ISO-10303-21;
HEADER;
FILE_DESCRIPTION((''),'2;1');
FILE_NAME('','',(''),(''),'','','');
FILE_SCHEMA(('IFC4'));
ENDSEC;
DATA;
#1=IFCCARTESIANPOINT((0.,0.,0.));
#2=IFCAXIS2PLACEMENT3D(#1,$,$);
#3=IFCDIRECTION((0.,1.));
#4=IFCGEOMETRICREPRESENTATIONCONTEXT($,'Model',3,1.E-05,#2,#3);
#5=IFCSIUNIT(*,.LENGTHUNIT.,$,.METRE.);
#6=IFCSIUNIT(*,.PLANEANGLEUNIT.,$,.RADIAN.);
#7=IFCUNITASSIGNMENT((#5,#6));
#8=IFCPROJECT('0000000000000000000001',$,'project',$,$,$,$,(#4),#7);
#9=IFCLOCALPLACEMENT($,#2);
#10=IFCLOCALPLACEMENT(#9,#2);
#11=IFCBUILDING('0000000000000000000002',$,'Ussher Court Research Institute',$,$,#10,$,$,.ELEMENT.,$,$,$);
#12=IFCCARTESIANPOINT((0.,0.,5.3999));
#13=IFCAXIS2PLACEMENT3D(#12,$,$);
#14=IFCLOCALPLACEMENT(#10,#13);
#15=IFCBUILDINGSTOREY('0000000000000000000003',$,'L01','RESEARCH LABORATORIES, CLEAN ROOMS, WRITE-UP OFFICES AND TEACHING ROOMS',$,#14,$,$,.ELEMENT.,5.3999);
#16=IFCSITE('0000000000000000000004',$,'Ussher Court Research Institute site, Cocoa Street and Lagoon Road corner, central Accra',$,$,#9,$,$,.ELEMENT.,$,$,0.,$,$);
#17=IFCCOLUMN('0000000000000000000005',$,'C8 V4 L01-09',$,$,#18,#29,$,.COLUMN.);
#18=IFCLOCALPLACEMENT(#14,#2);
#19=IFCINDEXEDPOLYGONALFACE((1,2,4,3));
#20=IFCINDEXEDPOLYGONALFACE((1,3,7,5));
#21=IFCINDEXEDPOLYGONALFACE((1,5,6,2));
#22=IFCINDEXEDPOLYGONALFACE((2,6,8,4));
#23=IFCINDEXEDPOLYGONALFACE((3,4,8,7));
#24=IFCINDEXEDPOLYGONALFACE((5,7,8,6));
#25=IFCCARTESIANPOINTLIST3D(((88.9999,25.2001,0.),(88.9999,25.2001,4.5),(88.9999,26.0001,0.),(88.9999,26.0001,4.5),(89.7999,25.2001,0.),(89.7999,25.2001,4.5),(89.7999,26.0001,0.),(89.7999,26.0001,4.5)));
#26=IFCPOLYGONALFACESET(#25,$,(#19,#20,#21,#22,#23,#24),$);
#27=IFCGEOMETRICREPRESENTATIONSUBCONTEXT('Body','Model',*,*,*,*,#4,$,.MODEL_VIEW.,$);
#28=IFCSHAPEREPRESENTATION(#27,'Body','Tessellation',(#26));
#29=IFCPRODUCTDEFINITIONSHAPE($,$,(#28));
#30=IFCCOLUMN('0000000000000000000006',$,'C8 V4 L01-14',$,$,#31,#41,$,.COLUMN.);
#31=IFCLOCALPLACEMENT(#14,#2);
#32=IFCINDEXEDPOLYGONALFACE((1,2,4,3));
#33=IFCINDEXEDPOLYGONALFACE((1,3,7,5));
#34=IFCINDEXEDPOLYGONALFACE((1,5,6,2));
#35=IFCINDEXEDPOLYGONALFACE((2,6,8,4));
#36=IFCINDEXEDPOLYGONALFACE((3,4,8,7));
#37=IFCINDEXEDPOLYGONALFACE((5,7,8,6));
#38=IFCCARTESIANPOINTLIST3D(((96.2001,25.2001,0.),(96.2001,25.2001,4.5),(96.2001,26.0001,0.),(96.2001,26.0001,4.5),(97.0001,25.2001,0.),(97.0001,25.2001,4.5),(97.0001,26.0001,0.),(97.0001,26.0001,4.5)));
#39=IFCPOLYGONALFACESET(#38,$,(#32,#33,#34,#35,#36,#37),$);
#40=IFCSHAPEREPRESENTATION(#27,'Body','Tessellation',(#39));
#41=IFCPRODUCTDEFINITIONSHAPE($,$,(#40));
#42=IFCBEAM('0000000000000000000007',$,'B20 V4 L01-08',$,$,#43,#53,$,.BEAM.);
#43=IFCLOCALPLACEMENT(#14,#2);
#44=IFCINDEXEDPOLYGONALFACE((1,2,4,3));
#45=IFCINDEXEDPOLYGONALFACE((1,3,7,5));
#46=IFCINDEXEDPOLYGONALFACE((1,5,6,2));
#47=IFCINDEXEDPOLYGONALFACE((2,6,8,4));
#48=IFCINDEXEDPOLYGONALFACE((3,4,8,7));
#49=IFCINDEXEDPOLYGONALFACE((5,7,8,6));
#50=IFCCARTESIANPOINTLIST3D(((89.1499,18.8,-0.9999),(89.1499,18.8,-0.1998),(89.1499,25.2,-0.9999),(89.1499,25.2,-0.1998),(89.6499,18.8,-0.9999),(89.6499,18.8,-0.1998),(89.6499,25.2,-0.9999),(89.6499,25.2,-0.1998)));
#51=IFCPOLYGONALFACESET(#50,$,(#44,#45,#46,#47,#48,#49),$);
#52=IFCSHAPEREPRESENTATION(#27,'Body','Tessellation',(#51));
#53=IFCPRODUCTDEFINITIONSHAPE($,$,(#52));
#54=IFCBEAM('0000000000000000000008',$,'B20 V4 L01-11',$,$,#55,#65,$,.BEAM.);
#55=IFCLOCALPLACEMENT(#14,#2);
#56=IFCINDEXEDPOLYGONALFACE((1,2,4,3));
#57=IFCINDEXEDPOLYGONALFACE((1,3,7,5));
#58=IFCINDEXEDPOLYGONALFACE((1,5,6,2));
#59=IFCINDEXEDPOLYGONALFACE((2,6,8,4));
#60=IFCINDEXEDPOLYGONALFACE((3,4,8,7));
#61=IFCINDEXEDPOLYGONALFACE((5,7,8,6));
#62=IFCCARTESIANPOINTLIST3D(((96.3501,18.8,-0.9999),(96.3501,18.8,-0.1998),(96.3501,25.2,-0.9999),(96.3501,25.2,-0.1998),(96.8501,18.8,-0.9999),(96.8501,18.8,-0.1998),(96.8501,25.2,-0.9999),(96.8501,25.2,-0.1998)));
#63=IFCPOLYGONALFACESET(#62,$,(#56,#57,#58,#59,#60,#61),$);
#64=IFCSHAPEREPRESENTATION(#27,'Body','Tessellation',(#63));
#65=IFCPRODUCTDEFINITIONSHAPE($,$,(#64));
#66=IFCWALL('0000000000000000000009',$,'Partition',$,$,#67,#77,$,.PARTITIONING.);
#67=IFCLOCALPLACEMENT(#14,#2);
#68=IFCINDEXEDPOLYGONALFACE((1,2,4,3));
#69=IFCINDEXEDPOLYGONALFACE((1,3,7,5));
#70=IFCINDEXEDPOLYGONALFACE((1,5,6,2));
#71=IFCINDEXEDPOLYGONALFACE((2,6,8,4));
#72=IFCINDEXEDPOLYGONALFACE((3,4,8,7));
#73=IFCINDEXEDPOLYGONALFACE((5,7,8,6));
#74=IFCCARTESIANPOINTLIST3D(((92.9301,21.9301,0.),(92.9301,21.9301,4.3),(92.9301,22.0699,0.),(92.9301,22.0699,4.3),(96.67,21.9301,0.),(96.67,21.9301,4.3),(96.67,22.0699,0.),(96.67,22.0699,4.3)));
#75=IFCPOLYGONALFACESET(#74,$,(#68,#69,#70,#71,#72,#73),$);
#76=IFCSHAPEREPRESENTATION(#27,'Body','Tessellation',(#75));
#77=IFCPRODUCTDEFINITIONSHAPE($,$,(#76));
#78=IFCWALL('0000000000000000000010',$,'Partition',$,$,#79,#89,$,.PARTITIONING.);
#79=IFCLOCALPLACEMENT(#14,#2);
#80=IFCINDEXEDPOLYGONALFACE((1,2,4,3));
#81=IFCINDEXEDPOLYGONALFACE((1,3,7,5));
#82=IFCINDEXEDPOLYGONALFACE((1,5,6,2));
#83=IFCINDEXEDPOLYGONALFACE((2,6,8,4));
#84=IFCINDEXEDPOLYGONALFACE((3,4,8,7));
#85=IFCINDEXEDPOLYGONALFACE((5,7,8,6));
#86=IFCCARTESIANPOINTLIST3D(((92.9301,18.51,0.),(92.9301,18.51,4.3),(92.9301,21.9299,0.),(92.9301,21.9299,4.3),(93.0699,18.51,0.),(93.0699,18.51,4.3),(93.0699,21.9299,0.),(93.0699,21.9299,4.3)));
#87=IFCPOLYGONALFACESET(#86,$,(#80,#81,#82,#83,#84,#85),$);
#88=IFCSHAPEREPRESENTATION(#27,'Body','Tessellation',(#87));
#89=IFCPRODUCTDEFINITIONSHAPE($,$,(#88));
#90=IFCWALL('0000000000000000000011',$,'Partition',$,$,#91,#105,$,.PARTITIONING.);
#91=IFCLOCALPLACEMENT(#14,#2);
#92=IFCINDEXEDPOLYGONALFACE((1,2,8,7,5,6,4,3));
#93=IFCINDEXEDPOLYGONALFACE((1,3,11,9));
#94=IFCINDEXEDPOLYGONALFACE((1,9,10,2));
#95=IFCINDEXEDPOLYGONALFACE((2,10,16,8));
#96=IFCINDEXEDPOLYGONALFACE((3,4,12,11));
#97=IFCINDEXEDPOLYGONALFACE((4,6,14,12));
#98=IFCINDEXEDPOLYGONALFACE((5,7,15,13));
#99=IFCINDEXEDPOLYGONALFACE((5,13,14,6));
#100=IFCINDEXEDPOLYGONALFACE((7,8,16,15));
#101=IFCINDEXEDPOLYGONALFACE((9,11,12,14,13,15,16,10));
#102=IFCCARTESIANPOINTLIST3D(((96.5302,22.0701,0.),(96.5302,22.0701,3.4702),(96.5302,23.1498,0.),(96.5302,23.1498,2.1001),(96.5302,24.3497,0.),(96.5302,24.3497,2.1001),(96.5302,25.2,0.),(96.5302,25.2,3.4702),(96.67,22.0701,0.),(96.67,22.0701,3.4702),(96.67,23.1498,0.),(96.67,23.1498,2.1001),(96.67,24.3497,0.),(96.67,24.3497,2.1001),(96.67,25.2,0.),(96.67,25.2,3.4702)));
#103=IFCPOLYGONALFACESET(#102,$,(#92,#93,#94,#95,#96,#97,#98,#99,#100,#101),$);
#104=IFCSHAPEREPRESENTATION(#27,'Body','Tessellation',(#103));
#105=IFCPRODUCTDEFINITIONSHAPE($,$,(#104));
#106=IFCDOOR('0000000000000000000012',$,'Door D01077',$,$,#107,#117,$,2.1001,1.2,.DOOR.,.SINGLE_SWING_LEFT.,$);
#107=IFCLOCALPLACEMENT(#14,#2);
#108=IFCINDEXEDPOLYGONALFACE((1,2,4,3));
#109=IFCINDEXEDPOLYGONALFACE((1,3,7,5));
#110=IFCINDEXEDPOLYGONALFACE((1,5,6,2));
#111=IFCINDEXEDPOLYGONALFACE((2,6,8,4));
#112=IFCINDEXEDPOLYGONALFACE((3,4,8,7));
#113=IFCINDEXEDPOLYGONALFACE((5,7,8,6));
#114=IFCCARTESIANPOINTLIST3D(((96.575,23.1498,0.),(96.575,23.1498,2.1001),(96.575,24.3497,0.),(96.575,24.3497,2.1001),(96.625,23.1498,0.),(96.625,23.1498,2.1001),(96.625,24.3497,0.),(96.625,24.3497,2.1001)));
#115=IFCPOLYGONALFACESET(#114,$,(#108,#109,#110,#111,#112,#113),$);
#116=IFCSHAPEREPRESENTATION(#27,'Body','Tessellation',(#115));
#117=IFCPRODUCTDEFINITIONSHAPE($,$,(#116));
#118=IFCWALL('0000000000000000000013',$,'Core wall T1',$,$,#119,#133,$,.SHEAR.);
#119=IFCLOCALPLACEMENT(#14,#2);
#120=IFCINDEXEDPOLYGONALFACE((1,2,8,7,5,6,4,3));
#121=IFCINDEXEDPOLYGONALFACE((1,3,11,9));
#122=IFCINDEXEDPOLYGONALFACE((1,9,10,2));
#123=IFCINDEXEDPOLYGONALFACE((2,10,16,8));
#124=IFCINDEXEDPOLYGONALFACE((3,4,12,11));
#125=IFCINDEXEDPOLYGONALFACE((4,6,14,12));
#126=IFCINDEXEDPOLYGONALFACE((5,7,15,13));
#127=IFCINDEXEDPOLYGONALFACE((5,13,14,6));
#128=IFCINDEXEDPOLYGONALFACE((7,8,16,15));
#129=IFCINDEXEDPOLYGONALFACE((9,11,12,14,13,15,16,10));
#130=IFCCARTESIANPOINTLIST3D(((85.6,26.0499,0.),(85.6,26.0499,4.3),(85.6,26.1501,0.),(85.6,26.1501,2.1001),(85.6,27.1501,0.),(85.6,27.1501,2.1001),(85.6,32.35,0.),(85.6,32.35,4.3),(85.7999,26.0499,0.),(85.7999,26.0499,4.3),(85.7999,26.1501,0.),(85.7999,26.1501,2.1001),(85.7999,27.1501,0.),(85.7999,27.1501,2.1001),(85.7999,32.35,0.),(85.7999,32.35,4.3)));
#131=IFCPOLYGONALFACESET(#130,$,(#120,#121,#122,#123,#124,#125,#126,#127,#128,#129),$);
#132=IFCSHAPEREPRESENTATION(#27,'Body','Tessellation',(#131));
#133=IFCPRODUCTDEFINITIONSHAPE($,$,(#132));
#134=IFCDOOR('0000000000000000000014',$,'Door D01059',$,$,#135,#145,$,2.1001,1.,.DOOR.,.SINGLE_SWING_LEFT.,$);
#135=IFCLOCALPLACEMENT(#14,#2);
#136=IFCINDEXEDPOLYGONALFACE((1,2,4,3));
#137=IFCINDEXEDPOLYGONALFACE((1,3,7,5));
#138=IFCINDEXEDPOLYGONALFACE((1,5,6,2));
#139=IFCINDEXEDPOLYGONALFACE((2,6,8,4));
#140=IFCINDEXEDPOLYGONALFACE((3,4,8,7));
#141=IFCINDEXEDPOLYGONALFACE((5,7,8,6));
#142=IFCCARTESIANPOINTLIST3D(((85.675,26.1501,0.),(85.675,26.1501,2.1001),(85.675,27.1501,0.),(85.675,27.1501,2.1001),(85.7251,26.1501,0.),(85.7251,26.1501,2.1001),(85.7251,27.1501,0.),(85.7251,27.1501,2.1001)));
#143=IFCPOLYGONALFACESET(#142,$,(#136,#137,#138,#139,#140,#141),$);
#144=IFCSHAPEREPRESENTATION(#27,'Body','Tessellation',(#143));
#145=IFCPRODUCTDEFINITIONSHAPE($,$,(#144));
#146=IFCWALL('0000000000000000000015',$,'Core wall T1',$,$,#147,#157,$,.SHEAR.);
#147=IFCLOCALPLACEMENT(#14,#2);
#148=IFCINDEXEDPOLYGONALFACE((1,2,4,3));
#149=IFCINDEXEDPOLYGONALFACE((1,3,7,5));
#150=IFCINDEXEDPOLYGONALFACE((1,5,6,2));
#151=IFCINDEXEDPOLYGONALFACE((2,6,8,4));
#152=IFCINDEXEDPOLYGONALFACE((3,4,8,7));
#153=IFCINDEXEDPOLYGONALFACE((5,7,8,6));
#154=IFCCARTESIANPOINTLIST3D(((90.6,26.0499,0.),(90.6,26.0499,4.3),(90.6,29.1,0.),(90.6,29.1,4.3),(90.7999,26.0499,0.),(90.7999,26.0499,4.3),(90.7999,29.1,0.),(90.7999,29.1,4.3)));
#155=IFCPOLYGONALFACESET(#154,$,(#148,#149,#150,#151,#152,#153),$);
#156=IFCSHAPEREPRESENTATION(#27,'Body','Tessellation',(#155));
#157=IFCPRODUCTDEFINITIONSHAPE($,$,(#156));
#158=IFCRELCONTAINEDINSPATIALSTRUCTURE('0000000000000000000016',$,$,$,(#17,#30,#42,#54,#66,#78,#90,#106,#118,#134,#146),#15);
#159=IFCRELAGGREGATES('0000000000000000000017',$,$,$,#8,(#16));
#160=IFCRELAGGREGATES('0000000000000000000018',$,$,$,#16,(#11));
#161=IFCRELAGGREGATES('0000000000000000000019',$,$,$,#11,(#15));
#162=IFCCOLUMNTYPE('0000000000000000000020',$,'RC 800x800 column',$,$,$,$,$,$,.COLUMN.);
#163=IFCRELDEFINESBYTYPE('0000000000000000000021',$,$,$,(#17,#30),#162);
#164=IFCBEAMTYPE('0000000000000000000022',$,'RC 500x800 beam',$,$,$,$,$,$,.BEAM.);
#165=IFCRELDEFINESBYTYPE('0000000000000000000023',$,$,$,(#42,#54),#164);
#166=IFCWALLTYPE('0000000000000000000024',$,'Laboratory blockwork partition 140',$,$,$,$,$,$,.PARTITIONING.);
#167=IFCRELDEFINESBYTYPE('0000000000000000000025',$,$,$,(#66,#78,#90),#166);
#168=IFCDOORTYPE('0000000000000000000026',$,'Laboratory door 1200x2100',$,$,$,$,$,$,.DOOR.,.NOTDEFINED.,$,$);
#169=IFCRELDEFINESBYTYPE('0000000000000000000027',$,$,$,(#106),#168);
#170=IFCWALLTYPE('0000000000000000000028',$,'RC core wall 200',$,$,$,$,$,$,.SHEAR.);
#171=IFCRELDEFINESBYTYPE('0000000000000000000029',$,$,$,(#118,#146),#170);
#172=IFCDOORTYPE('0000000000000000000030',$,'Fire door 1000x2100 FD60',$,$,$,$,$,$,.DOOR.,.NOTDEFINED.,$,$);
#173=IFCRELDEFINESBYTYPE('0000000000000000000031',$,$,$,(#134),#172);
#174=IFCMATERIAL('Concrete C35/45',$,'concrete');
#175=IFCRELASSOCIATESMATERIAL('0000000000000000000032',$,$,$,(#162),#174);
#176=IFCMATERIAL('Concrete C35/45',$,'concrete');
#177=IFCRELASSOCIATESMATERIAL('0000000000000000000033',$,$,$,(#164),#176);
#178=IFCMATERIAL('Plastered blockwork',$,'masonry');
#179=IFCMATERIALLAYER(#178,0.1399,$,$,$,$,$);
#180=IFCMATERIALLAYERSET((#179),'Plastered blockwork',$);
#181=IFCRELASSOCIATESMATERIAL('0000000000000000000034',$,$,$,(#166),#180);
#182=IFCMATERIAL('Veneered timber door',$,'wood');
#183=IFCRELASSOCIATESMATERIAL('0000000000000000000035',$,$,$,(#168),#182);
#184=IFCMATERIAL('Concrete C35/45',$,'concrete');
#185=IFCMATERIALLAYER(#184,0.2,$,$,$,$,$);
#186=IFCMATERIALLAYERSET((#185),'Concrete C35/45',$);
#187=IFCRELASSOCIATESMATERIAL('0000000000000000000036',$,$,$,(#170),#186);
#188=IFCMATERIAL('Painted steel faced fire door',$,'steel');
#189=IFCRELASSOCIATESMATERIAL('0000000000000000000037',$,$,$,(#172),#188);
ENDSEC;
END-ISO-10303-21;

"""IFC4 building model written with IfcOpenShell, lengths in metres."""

from ifc_helpers import new_model, si_unit, direction, frame, frame_2d, origin, origin_2d, place, context, subcontext, project, spatial, rectangle, extrude, material, layer, layer_set, material_profile, profile_set, type_object, element, fill, save


model = new_model("IFC4")

# Units and contexts
model_context = context("Model", 3, precision=1e-05, world=origin(), true_north=direction((0.0, 1.0)))
body_context = subcontext(model_context, "Body", "Model", "MODEL_VIEW")
ifc_project = project(units=[si_unit("LENGTHUNIT", "METRE"), si_unit("PLANEANGLEUNIT", "RADIAN")], contexts=[model_context])

# Site, building, storey
site_placement = place(None, origin())
site = spatial("IfcSite", under=ifc_project, at=site_placement, Name="Ussher Court Research Institute site, Cocoa Street and Lagoon Road corner, central Accra", CompositionType="ELEMENT", RefElevation=0.0)
building_placement = place(site_placement, origin())
building = spatial("IfcBuilding", under=site, at=building_placement, Name="Ussher Court Research Institute", CompositionType="ELEMENT")
storey_placement = place(building_placement, frame((0.0, 0.0, 5.3999)))
storey = spatial("IfcBuildingStorey", under=building, at=storey_placement, Name="L01", Description="RESEARCH LABORATORIES, CLEAN ROOMS, WRITE-UP OFFICES AND TEACHING ROOMS", CompositionType="ELEMENT", Elevation=5.3999)

# Columns
ifc_material_1 = material(Name="Concrete C35/45", Category="concrete")
ifc_material_profile_1 = material_profile(ifc_material_1, rectangle(XDim=0.8, YDim=0.8, at=origin_2d()), Name="RC 800x800")
ifc_profile_set_1 = profile_set([ifc_material_profile_1], Name="Concrete C35/45")
column_type = type_object("IfcColumnType", Name="RC 800x800 column", PredefinedType="COLUMN", material=ifc_profile_set_1)
for number, where, z_axis, x_axis, name in (
    (1, (89.3999, 25.6001, 0.0), (0.0, 0.0, 1.0), (1.0, 0.0, 0.0), "C8 V4 L01-09"),
    (2, (96.6001, 25.6001, 0.0), (0.0, 0.0, 1.0), (1.0, 0.0, 0.0), "C8 V4 L01-14"),
):
    element("IfcColumn", number, at=place(storey_placement, frame(where, z_axis=z_axis, x_axis=x_axis)), inside=storey, type_object=column_type, Name=name, PredefinedType="COLUMN", context=body_context, shape_type="SweptSolid", body=[
        extrude(rectangle(XDim=0.8, YDim=0.8, at=origin_2d()), origin(), (0.0, 0.0, 1.0), 4.5),
    ])

# Beams
ifc_material_2 = material(Name="Concrete C35/45", Category="concrete")
ifc_material_profile_2 = material_profile(ifc_material_2, rectangle(XDim=0.5, YDim=0.8, at=origin_2d()), Name="RC 500x800")
ifc_profile_set_2 = profile_set([ifc_material_profile_2], Name="Concrete C35/45")
beam_type = type_object("IfcBeamType", Name="RC 500x800 beam", PredefinedType="BEAM", material=ifc_profile_set_2)
for number, where, z_axis, x_axis, name in (
    (3, (89.3999, 18.8, -0.5999), (0.0, 1.0, 0.0), (-1.0, 0.0, 0.0), "B20 V4 L01-08"),
    (4, (96.6001, 18.8, -0.5999), (0.0, 1.0, 0.0), (-1.0, 0.0, 0.0), "B20 V4 L01-11"),
):
    element("IfcBeam", number, at=place(storey_placement, frame(where, z_axis=z_axis, x_axis=x_axis)), inside=storey, type_object=beam_type, Name=name, PredefinedType="BEAM", context=body_context, shape_type="SweptSolid", body=[
        extrude(rectangle(XDim=0.5, YDim=0.8, at=origin_2d()), origin(), (0.0, 0.0, 1.0), 6.3999),
    ])

# Walls
ifc_material_3 = material(Name="Plastered blockwork", Category="masonry")
ifc_layer_1 = layer(ifc_material_3, 0.1399)
ifc_layer_set_1 = layer_set([ifc_layer_1], Name="Plastered blockwork")
wall_type_1 = type_object("IfcWallType", Name="Laboratory blockwork partition 140", PredefinedType="PARTITIONING", material=ifc_layer_set_1)
wall_1_placement = place(storey_placement, frame((92.9299, 22.0, 0.0), z_axis=(0.0, 0.0, 1.0), x_axis=(1.0, 0.0, 0.0)))
element("IfcWall", 5, at=wall_1_placement, inside=storey, type_object=wall_type_1, Name="Partition", PredefinedType="PARTITIONING", context=body_context, shape_type="SweptSolid", body=[
    extrude(rectangle(XDim=3.74, YDim=0.1399, at=frame_2d((1.8701, 0.0))), origin(), (0.0, 0.0, 1.0), 4.3),
])
wall_2_placement = place(storey_placement, frame((93.0, 18.51, 0.0), z_axis=(0.0, 0.0, 1.0), x_axis=(0.0, 1.0, 0.0)))
element("IfcWall", 6, at=wall_2_placement, inside=storey, type_object=wall_type_1, Name="Partition", PredefinedType="PARTITIONING", context=body_context, shape_type="SweptSolid", body=[
    extrude(rectangle(XDim=3.4199, YDim=0.1399, at=frame_2d((1.71, 0.0))), origin(), (0.0, 0.0, 1.0), 4.3),
])

# Walls, openings, doors
wall_3_placement = place(storey_placement, frame((96.6001, 25.2, 0.0), z_axis=(0.0, 0.0, 1.0), x_axis=(0.0, -1.0, 0.0)))
wall_3 = element("IfcWall", 7, at=wall_3_placement, inside=storey, type_object=wall_type_1, Name="Partition", PredefinedType="PARTITIONING", context=body_context, shape_type="SweptSolid", body=[
    extrude(rectangle(XDim=3.1299, YDim=0.1399, at=frame_2d((1.5649, 0.0))), origin(), (0.0, 0.0, 1.0), 3.4702),
])
opening_1_placement = place(wall_3_placement, frame((0.8501, 0.0, 0.0)))
opening_1 = element("IfcOpeningElement", 8, at=opening_1_placement, cuts=wall_3, PredefinedType="OPENING", context=body_context, shape_type="SweptSolid", body=[
    extrude(rectangle(XDim=1.2, YDim=2.1001, at=frame_2d((0.6001, 1.05))), frame((0.0, 0.0801, 0.0), z_axis=(0.0, -1.0, 0.0), x_axis=(1.0, 0.0, 0.0)), (0.0, 0.0, 1.0), 0.1599),
])
ifc_material_4 = material(Name="Veneered timber door", Category="wood")
door_type_1 = type_object("IfcDoorType", Name="Laboratory door 1200x2100", OperationType="NOTDEFINED", PredefinedType="DOOR", material=ifc_material_4)
door_1_placement = place(opening_1_placement, origin())
door_1 = element("IfcDoor", 9, at=door_1_placement, inside=storey, type_object=door_type_1, Name="Door D01077", OperationType="SINGLE_SWING_LEFT", OverallHeight=2.1001, OverallWidth=1.2, PredefinedType="DOOR", context=body_context, shape_type="SweptSolid", body=[
    extrude(rectangle(XDim=1.2, YDim=2.1001, at=frame_2d((0.6001, 1.05))), frame((0.0, 0.0249, 0.0), z_axis=(0.0, -1.0, 0.0), x_axis=(1.0, 0.0, 0.0)), (0.0, 0.0, 1.0), 0.05),
])
fill(opening_1, door_1)
ifc_material_5 = material(Name="Concrete C35/45", Category="concrete")
ifc_layer_2 = layer(ifc_material_5, 0.2)
ifc_layer_set_2 = layer_set([ifc_layer_2], Name="Concrete C35/45")
wall_type_2 = type_object("IfcWallType", Name="RC core wall 200", PredefinedType="SHEAR", material=ifc_layer_set_2)
wall_4_placement = place(storey_placement, frame((85.7, 26.05, 0.0), z_axis=(0.0, 0.0, 1.0), x_axis=(0.0, 1.0, 0.0)))
wall_4 = element("IfcWall", 10, at=wall_4_placement, inside=storey, type_object=wall_type_2, Name="Core wall T1", PredefinedType="SHEAR", context=body_context, shape_type="SweptSolid", body=[
    extrude(rectangle(XDim=6.3, YDim=0.2, at=frame_2d((3.1499, 0.0))), origin(), (0.0, 0.0, 1.0), 4.3),
])
opening_2_placement = place(wall_4_placement, frame((0.1001, 0.0, 0.0)))
opening_2 = element("IfcOpeningElement", 11, at=opening_2_placement, cuts=wall_4, PredefinedType="OPENING", context=body_context, shape_type="SweptSolid", body=[
    extrude(rectangle(XDim=1.0, YDim=2.1001, at=frame_2d((0.5, 1.05))), frame((0.0, 0.1099, 0.0), z_axis=(0.0, -1.0, 0.0), x_axis=(1.0, 0.0, 0.0)), (0.0, 0.0, 1.0), 0.22),
])
ifc_material_6 = material(Name="Painted steel faced fire door", Category="steel")
door_type_2 = type_object("IfcDoorType", Name="Fire door 1000x2100 FD60", OperationType="NOTDEFINED", PredefinedType="DOOR", material=ifc_material_6)
door_2_placement = place(opening_2_placement, origin())
door_2 = element("IfcDoor", 12, at=door_2_placement, inside=storey, type_object=door_type_2, Name="Door D01059", OperationType="SINGLE_SWING_LEFT", OverallHeight=2.1001, OverallWidth=1.0, PredefinedType="DOOR", context=body_context, shape_type="SweptSolid", body=[
    extrude(rectangle(XDim=1.0, YDim=2.1001, at=frame_2d((0.5, 1.05))), frame((0.0, 0.0249, 0.0), z_axis=(0.0, -1.0, 0.0), x_axis=(1.0, 0.0, 0.0)), (0.0, 0.0, 1.0), 0.05),
])
fill(opening_2, door_2)

# Wall
wall_5_placement = place(storey_placement, frame((90.7, 26.05, 0.0), z_axis=(0.0, 0.0, 1.0), x_axis=(0.0, 1.0, 0.0)))
element("IfcWall", 13, at=wall_5_placement, inside=storey, type_object=wall_type_2, Name="Core wall T1", PredefinedType="SHEAR", context=body_context, shape_type="SweptSolid", body=[
    extrude(rectangle(XDim=3.05, YDim=0.2, at=frame_2d((1.5249, 0.0))), origin(), (0.0, 0.0, 1.0), 4.3),
])

save(model, "model.ifc")
